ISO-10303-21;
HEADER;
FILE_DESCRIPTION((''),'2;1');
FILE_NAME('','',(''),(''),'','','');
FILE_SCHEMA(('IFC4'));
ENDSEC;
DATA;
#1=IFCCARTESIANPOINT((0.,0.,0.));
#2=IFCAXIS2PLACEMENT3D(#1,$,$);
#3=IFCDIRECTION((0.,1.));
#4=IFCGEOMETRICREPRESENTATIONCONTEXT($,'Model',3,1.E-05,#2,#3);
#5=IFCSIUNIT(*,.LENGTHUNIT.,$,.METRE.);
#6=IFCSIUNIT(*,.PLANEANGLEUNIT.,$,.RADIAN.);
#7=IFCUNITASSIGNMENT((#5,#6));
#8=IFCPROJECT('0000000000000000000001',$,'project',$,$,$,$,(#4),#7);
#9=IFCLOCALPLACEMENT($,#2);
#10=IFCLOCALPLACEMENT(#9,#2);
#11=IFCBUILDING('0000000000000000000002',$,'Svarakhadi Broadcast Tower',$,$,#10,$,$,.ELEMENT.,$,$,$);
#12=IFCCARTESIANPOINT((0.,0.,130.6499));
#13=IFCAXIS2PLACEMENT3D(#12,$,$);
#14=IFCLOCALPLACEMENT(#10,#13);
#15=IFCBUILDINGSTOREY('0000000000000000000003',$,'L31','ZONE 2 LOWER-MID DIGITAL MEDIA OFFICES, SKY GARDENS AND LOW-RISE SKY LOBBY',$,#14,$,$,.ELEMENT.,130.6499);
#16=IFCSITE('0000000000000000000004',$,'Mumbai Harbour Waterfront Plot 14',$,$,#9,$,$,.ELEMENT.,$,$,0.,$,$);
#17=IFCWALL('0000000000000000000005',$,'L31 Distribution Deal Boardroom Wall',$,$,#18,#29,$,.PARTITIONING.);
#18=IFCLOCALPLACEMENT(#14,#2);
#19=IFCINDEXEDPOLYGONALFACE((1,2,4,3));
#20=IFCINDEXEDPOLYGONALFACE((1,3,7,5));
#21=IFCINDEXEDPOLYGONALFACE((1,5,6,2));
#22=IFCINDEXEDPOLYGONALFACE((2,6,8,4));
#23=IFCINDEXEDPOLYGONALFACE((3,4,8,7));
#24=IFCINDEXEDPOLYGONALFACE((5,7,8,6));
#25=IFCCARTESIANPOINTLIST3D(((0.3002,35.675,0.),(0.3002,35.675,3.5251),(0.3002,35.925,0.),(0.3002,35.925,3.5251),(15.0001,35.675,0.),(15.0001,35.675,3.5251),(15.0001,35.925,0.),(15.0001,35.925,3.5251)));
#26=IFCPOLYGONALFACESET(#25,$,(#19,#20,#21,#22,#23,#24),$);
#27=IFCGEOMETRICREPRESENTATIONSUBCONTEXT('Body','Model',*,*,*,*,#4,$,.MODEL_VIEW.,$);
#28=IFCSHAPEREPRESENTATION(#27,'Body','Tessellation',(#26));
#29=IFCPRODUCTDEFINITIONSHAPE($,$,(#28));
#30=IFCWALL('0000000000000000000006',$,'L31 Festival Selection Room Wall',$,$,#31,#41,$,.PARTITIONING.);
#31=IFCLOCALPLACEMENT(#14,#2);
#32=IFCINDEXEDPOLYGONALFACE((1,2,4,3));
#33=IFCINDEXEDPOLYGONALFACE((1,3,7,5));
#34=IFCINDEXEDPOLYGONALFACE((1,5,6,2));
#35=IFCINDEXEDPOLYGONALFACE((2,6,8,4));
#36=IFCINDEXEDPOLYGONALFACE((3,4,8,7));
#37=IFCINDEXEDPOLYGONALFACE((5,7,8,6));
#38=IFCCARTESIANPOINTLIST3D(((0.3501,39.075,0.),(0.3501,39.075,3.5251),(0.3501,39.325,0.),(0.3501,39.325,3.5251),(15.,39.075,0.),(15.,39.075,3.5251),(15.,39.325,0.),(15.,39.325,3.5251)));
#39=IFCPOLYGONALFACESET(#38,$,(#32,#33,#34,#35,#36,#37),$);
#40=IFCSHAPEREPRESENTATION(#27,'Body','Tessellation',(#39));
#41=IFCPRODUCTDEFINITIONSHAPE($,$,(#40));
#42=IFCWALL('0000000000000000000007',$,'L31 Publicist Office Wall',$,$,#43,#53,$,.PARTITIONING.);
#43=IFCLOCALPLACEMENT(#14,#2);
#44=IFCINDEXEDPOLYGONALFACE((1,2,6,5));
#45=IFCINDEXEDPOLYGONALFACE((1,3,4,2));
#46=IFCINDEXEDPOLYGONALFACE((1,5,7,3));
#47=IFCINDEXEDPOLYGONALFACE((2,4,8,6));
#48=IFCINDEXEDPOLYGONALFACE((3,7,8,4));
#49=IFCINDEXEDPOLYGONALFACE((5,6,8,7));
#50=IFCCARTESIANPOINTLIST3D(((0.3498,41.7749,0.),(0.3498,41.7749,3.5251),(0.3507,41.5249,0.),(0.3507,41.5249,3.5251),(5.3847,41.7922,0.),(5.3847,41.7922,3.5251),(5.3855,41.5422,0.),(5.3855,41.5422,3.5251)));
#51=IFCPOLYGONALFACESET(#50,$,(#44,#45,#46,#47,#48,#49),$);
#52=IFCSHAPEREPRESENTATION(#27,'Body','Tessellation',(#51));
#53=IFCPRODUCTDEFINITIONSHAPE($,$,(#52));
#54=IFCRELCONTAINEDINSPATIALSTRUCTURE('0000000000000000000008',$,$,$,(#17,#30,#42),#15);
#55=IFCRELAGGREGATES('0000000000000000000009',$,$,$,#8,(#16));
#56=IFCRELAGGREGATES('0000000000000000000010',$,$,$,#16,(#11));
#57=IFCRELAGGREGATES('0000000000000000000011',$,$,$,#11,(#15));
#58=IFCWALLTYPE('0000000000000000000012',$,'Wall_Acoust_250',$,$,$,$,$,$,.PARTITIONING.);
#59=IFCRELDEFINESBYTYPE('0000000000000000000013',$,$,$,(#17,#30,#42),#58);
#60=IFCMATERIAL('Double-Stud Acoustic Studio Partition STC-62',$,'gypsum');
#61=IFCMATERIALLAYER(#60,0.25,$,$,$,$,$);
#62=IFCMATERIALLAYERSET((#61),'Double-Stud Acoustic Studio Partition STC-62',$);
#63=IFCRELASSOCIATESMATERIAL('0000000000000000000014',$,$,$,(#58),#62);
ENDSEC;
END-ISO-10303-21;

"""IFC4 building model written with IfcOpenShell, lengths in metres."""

from ifc_helpers import new_model, si_unit, direction, frame, frame_2d, origin, place, context, subcontext, project, spatial, rectangle, extrude, material, layer, layer_set, type_object, element, save


model = new_model("IFC4")

# Units and contexts
model_context = context("Model", 3, precision=1e-05, world=origin(), true_north=direction((0.0, 1.0)))
body_context = subcontext(model_context, "Body", "Model", "MODEL_VIEW")
ifc_project = project(units=[si_unit("LENGTHUNIT", "METRE"), si_unit("PLANEANGLEUNIT", "RADIAN")], contexts=[model_context])

# Site, building, storey
site_placement = place(None, origin())
site = spatial("IfcSite", under=ifc_project, at=site_placement, Name="Mumbai Harbour Waterfront Plot 14", CompositionType="ELEMENT", RefElevation=0.0)
building_placement = place(site_placement, origin())
building = spatial("IfcBuilding", under=site, at=building_placement, Name="Svarakhadi Broadcast Tower", CompositionType="ELEMENT")
storey_placement = place(building_placement, frame((0.0, 0.0, 130.6499)))
storey = spatial("IfcBuildingStorey", under=building, at=storey_placement, Name="L31", Description="ZONE 2 LOWER-MID DIGITAL MEDIA OFFICES, SKY GARDENS AND LOW-RISE SKY LOBBY", CompositionType="ELEMENT", Elevation=130.6499)

# Walls
ifc_material_1 = material(Name="Double-Stud Acoustic Studio Partition STC-62", Category="gypsum")
ifc_layer_1 = layer(ifc_material_1, 0.25)
ifc_layer_set_1 = layer_set([ifc_layer_1], Name="Double-Stud Acoustic Studio Partition STC-62")
wall_type = type_object("IfcWallType", Name="Wall_Acoust_250", PredefinedType="PARTITIONING", material=ifc_layer_set_1)
wall_1_placement = place(storey_placement, frame((0.3, 35.8, 0.0), z_axis=(0.0, 0.0, 1.0), x_axis=(1.0, 0.0, 0.0)))
element("IfcWall", 1, at=wall_1_placement, inside=storey, type_object=wall_type, Name="L31 Distribution Deal Boardroom Wall", PredefinedType="PARTITIONING", context=body_context, shape_type="SweptSolid", body=[
    extrude(rectangle(XDim=14.7, YDim=0.25, at=frame_2d((7.3501, 0.0))), origin(), (0.0, 0.0, 1.0), 3.5251),
])
wall_2_placement = place(storey_placement, frame((0.3501, 39.2, 0.0), z_axis=(0.0, 0.0, 1.0), x_axis=(1.0, 0.0, 0.0)))
element("IfcWall", 2, at=wall_2_placement, inside=storey, type_object=wall_type, Name="L31 Festival Selection Room Wall", PredefinedType="PARTITIONING", context=body_context, shape_type="SweptSolid", body=[
    extrude(rectangle(XDim=14.6499, YDim=0.25, at=frame_2d((7.325, 0.0))), origin(), (0.0, 0.0, 1.0), 3.5251),
])
wall_3_placement = place(storey_placement, frame((0.3501, 41.6499, 0.0), z_axis=(0.0, 0.0, 1.0), x_axis=(0.999994, 0.003443, 0.0)))
element("IfcWall", 3, at=wall_3_placement, inside=storey, type_object=wall_type, Name="L31 Publicist Office Wall", PredefinedType="PARTITIONING", context=body_context, shape_type="SweptSolid", body=[
    extrude(rectangle(XDim=5.0349, YDim=0.25, at=frame_2d((2.5176, 0.0))), origin(), (0.0, 0.0, 1.0), 3.5251),
])

save(model, "model.ifc")
